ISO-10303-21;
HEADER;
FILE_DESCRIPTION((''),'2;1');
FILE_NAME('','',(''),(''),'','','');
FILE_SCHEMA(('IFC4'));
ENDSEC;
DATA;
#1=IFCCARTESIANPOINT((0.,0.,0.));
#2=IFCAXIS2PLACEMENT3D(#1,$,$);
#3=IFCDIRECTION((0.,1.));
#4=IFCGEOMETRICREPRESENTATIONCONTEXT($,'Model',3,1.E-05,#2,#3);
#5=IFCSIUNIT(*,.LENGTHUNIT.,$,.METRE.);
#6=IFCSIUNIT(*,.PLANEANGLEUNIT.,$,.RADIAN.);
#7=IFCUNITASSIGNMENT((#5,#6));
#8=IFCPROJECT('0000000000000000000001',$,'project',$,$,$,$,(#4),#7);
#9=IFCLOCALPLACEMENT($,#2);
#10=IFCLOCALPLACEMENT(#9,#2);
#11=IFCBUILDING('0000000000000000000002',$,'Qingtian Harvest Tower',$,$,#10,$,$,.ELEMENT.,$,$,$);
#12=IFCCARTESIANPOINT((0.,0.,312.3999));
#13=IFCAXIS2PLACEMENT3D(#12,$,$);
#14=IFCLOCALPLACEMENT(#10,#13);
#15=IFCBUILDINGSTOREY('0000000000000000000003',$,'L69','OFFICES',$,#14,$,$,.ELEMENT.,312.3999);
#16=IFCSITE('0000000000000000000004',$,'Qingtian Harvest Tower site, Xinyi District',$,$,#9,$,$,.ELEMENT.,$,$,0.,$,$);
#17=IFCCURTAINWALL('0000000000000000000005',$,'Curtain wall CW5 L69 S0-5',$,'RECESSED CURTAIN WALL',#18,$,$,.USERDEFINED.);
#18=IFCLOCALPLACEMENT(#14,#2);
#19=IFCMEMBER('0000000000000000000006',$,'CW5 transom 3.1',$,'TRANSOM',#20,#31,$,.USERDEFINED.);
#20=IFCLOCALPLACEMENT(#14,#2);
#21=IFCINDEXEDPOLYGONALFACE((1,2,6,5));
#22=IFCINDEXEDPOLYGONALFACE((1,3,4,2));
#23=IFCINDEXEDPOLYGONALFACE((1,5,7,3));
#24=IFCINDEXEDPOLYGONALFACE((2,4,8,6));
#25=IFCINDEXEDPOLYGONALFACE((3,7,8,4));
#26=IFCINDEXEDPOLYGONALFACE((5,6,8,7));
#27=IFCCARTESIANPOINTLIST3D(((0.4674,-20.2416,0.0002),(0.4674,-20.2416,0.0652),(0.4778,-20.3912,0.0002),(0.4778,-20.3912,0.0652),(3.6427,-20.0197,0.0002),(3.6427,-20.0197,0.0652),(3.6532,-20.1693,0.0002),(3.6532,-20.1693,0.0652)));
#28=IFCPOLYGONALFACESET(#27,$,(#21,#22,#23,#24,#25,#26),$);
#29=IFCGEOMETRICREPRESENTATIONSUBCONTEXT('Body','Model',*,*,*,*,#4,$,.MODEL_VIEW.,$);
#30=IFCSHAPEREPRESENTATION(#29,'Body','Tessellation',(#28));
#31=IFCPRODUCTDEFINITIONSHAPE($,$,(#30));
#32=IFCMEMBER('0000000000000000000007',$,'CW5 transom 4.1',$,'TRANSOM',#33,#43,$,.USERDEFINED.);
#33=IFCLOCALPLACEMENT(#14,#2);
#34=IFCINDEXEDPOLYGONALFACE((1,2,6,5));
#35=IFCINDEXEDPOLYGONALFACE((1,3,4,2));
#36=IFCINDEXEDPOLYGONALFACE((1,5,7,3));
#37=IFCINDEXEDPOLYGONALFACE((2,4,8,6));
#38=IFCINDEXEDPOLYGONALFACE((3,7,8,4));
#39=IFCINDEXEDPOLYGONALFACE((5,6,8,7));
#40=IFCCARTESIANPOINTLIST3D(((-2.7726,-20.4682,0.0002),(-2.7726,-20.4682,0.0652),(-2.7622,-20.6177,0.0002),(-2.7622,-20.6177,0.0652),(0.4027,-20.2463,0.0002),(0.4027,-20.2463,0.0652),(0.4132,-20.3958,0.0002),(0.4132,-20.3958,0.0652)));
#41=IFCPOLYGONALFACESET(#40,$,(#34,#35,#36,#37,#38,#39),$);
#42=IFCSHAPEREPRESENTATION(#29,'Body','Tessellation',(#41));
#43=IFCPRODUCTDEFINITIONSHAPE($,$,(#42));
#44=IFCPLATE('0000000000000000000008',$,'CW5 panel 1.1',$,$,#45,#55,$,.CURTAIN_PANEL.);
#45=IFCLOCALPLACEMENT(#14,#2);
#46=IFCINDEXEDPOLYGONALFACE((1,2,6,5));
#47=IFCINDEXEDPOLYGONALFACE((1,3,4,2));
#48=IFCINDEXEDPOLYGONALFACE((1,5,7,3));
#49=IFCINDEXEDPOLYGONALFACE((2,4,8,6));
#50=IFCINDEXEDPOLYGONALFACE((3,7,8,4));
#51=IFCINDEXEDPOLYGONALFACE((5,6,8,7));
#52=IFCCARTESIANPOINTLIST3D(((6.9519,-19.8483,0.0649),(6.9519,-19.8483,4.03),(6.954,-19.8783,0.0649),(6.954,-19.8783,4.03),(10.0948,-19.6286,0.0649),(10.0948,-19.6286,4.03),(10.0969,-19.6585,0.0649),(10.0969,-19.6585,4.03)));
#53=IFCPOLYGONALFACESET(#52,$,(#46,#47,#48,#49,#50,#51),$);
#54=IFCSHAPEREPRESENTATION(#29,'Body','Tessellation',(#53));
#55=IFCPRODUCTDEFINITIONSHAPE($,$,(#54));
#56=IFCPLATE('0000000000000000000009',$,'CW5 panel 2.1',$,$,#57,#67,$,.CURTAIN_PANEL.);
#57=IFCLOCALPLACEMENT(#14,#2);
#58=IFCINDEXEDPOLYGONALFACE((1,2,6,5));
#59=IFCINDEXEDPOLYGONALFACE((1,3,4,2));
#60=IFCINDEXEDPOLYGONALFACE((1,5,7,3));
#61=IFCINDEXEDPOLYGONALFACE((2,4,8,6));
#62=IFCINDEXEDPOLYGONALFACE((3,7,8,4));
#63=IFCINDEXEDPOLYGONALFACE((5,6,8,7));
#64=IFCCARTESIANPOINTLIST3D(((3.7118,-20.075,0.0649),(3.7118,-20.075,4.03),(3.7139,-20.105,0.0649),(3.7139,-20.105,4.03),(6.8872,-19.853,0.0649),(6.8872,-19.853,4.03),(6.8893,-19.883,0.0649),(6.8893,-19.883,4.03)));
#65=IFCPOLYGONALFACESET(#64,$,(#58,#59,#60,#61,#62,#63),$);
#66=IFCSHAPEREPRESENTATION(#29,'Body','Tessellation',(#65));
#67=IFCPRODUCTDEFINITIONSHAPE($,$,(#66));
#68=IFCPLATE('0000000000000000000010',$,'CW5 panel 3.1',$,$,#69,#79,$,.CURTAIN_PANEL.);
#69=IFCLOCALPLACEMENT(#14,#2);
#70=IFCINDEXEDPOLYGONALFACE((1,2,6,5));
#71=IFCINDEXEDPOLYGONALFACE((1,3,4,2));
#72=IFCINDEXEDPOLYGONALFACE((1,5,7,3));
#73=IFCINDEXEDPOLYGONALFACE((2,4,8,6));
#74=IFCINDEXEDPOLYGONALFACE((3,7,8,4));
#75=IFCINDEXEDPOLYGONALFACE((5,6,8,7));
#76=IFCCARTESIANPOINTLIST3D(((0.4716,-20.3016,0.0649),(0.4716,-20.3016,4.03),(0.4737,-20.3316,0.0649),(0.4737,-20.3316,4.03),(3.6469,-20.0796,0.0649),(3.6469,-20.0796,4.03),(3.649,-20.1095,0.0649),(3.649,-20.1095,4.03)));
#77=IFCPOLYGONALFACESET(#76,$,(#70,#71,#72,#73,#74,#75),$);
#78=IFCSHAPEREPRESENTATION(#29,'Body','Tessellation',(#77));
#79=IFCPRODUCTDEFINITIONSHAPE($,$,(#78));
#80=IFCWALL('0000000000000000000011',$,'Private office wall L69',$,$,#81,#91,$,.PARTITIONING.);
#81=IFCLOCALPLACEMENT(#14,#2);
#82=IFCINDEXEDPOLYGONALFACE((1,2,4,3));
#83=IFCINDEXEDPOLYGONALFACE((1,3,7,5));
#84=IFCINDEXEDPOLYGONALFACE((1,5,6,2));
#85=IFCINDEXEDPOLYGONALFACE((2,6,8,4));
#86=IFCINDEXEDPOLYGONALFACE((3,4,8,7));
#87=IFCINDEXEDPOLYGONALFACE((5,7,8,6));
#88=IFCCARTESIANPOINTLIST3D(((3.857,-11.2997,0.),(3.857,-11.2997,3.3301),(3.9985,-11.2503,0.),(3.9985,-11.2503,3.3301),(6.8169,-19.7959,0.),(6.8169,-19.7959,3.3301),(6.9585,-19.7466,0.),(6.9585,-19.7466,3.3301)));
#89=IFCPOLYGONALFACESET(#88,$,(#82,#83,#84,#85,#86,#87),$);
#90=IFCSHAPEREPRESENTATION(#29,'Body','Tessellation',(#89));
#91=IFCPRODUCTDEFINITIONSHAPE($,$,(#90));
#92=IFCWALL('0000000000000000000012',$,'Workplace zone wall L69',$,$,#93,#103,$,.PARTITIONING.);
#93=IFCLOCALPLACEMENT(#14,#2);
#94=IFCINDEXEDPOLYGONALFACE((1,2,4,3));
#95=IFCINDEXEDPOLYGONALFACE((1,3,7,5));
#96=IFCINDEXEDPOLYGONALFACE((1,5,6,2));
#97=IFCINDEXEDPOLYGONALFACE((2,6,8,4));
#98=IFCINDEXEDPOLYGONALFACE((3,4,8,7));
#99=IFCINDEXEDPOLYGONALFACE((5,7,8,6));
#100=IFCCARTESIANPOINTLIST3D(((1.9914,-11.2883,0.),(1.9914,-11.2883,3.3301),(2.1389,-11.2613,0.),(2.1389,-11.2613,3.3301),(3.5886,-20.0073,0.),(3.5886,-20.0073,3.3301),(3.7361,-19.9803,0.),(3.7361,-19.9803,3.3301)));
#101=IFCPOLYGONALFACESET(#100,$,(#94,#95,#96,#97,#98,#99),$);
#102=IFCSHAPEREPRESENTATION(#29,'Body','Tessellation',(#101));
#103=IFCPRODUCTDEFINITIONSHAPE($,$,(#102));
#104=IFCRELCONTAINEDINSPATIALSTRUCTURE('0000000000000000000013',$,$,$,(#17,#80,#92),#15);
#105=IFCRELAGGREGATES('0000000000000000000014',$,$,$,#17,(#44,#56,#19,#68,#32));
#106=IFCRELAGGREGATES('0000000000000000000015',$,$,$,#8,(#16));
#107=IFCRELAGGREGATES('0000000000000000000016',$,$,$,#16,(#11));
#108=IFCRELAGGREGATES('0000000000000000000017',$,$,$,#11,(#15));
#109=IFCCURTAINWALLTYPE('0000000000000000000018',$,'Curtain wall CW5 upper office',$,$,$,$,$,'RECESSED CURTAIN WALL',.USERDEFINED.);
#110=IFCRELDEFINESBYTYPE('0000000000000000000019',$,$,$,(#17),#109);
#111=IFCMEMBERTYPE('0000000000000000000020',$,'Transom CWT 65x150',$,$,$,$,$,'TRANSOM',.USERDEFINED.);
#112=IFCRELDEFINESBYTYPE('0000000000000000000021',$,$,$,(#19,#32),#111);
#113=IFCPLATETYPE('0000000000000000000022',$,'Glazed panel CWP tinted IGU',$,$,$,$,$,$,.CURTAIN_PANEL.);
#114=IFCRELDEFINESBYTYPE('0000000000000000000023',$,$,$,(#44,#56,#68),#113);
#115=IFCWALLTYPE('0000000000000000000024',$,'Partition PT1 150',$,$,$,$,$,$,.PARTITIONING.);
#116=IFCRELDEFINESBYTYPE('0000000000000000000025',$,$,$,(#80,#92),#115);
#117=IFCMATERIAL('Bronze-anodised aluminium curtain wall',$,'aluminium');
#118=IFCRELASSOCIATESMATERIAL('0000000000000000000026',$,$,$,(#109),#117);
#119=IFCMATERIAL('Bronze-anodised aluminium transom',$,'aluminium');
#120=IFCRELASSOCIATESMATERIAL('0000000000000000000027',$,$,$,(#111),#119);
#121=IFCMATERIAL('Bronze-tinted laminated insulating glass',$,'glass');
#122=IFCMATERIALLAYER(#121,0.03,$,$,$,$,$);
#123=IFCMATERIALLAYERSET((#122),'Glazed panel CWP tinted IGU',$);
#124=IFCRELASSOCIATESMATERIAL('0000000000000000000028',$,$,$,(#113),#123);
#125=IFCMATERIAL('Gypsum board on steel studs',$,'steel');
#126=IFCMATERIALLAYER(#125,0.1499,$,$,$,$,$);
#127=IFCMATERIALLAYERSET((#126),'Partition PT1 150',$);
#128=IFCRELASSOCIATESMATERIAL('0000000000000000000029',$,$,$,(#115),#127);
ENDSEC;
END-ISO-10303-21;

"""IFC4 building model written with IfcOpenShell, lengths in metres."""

from ifc_helpers import new_model, si_unit, direction, frame, frame_2d, origin, origin_2d, place, context, subcontext, project, spatial, rectangle, extrude, material, layer, layer_set, material_profile, profile_set, type_object, element, aggregate, save


model = new_model("IFC4")

# Units and contexts
model_context = context("Model", 3, precision=1e-05, world=origin(), true_north=direction((0.0, 1.0)))
body_context = subcontext(model_context, "Body", "Model", "MODEL_VIEW")
ifc_project = project(units=[si_unit("LENGTHUNIT", "METRE"), si_unit("PLANEANGLEUNIT", "RADIAN")], contexts=[model_context])

# Site, building, storey
site_placement = place(None, origin())
site = spatial("IfcSite", under=ifc_project, at=site_placement, Name="Qingtian Harvest Tower site, Xinyi District", CompositionType="ELEMENT", RefElevation=0.0)
building_placement = place(site_placement, origin())
building = spatial("IfcBuilding", under=site, at=building_placement, Name="Qingtian Harvest Tower", CompositionType="ELEMENT")
storey_placement = place(building_placement, frame((0.0, 0.0, 312.3999)))
storey = spatial("IfcBuildingStorey", under=building, at=storey_placement, Name="L69", Description="OFFICES", CompositionType="ELEMENT", Elevation=312.3999)

# Shared definitions
ifc_material_1 = material(Name="Bronze-anodised aluminium curtain wall", Category="aluminium")
curtain_wall_type = type_object("IfcCurtainWallType", Name="Curtain wall CW5 upper office", ElementType="RECESSED CURTAIN WALL", PredefinedType="USERDEFINED", material=ifc_material_1)

# Curtain wall
curtain_wall_1_placement = place(storey_placement, origin())
curtain_wall_1 = element("IfcCurtainWall", 1, at=curtain_wall_1_placement, inside=storey, type_object=curtain_wall_type, Name="Curtain wall CW5 L69 S0-5", ObjectType="RECESSED CURTAIN WALL", PredefinedType="USERDEFINED")

# Members
ifc_material_2 = material(Name="Bronze-anodised aluminium transom", Category="aluminium")
ifc_material_profile_1 = material_profile(ifc_material_2, rectangle(XDim=0.1499, YDim=0.0649, at=origin_2d()), Name="AL 65x150")
ifc_profile_set_1 = profile_set([ifc_material_profile_1], Name="Bronze-anodised aluminium transom")
member_type_1 = type_object("IfcMemberType", Name="Transom CWT 65x150", ElementType="TRANSOM", PredefinedType="USERDEFINED", material=ifc_profile_set_1)
member_1_placement = place(storey_placement, frame((3.6479, -20.0945, 0.0327), z_axis=(-0.997567, -0.069721, 0.0), x_axis=(0.069721, -0.997567, 0.0)))
member_1 = element("IfcMember", 2, at=member_1_placement, type_object=member_type_1, Name="CW5 transom 3.1", ObjectType="TRANSOM", PredefinedType="USERDEFINED", context=body_context, shape_type="SweptSolid", body=[
    extrude(rectangle(XDim=0.1499, YDim=0.0649, at=origin_2d()), origin(), (0.0, 0.0, 1.0), 3.1831),
])
member_2_placement = place(storey_placement, frame((0.408, -20.321, 0.0327), z_axis=(-0.997567, -0.069721, 0.0), x_axis=(0.069721, -0.997567, 0.0)))
member_2 = element("IfcMember", 3, at=member_2_placement, type_object=member_type_1, Name="CW5 transom 4.1", ObjectType="TRANSOM", PredefinedType="USERDEFINED", context=body_context, shape_type="SweptSolid", body=[
    extrude(rectangle(XDim=0.1499, YDim=0.0649, at=origin_2d()), origin(), (0.0, 0.0, 1.0), 3.1831),
])

# Plates
ifc_material_3 = material(Name="Bronze-tinted laminated insulating glass", Category="glass")
ifc_layer_1 = layer(ifc_material_3, 0.03)
ifc_layer_set_1 = layer_set([ifc_layer_1], Name="Glazed panel CWP tinted IGU")
plate_type = type_object("IfcPlateType", Name="Glazed panel CWP tinted IGU", PredefinedType="CURTAIN_PANEL", material=ifc_layer_set_1)
plate_1_placement = place(storey_placement, frame((8.5244, -19.7534, 0.0649), z_axis=(0.0, 0.0, 1.0), x_axis=(-0.997564, -0.069756, 0.0)))
plate_1 = element("IfcPlate", 4, at=plate_1_placement, type_object=plate_type, Name="CW5 panel 1.1", PredefinedType="CURTAIN_PANEL", context=body_context, shape_type="SweptSolid", body=[
    extrude(rectangle(XDim=3.1506, YDim=0.03, at=origin_2d()), origin(), (0.0, 0.0, 1.0), 3.9651),
])
plate_2_placement = place(storey_placement, frame((5.3005, -19.979, 0.0649), z_axis=(0.0, 0.0, 1.0), x_axis=(-0.997564, -0.069756, 0.0)))
plate_2 = element("IfcPlate", 5, at=plate_2_placement, type_object=plate_type, Name="CW5 panel 2.1", PredefinedType="CURTAIN_PANEL", context=body_context, shape_type="SweptSolid", body=[
    extrude(rectangle(XDim=3.1831, YDim=0.03, at=origin_2d()), origin(), (0.0, 0.0, 1.0), 3.9651),
])
plate_3_placement = place(storey_placement, frame((2.0603, -20.2056, 0.0649), z_axis=(0.0, 0.0, 1.0), x_axis=(-0.997564, -0.069756, 0.0)))
plate_3 = element("IfcPlate", 6, at=plate_3_placement, type_object=plate_type, Name="CW5 panel 3.1", PredefinedType="CURTAIN_PANEL", context=body_context, shape_type="SweptSolid", body=[
    extrude(rectangle(XDim=3.1831, YDim=0.03, at=origin_2d()), origin(), (0.0, 0.0, 1.0), 3.9651),
])
aggregate(curtain_wall_1, [plate_1, plate_2, member_1, plate_3, member_2])

# Wall
ifc_material_4 = material(Name="Gypsum board on steel studs", Category="steel")
ifc_layer_2 = layer(ifc_material_4, 0.1499)
ifc_layer_set_2 = layer_set([ifc_layer_2], Name="Partition PT1 150")
wall_type = type_object("IfcWallType", Name="Partition PT1 150", PredefinedType="PARTITIONING", material=ifc_layer_set_2)
wall_1_placement = place(storey_placement, frame((6.8877, -19.7712, 0.0), z_axis=(0.0, 0.0, 1.0), x_axis=(-0.328988, 0.944334, 0.0)))
element("IfcWall", 7, at=wall_1_placement, inside=storey, type_object=wall_type, Name="Private office wall L69", PredefinedType="PARTITIONING", context=body_context, shape_type="SweptSolid", body=[
    extrude(rectangle(XDim=8.9971, YDim=0.1499, at=frame_2d((4.4985, 0.0))), origin(), (0.0, 0.0, 1.0), 3.3301),
])

# Wall
wall_2_placement = place(storey_placement, frame((3.6624, -19.9939, 0.0), z_axis=(0.0, 0.0, 1.0), x_axis=(-0.180184, 0.983633, 0.0)))
element("IfcWall", 8, at=wall_2_placement, inside=storey, type_object=wall_type, Name="Workplace zone wall L69", PredefinedType="PARTITIONING", context=body_context, shape_type="SweptSolid", body=[
    extrude(rectangle(XDim=8.864, YDim=0.1499, at=frame_2d((4.4321, 0.0))), origin(), (0.0, 0.0, 1.0), 3.3301),
])

save(model, "model.ifc")
